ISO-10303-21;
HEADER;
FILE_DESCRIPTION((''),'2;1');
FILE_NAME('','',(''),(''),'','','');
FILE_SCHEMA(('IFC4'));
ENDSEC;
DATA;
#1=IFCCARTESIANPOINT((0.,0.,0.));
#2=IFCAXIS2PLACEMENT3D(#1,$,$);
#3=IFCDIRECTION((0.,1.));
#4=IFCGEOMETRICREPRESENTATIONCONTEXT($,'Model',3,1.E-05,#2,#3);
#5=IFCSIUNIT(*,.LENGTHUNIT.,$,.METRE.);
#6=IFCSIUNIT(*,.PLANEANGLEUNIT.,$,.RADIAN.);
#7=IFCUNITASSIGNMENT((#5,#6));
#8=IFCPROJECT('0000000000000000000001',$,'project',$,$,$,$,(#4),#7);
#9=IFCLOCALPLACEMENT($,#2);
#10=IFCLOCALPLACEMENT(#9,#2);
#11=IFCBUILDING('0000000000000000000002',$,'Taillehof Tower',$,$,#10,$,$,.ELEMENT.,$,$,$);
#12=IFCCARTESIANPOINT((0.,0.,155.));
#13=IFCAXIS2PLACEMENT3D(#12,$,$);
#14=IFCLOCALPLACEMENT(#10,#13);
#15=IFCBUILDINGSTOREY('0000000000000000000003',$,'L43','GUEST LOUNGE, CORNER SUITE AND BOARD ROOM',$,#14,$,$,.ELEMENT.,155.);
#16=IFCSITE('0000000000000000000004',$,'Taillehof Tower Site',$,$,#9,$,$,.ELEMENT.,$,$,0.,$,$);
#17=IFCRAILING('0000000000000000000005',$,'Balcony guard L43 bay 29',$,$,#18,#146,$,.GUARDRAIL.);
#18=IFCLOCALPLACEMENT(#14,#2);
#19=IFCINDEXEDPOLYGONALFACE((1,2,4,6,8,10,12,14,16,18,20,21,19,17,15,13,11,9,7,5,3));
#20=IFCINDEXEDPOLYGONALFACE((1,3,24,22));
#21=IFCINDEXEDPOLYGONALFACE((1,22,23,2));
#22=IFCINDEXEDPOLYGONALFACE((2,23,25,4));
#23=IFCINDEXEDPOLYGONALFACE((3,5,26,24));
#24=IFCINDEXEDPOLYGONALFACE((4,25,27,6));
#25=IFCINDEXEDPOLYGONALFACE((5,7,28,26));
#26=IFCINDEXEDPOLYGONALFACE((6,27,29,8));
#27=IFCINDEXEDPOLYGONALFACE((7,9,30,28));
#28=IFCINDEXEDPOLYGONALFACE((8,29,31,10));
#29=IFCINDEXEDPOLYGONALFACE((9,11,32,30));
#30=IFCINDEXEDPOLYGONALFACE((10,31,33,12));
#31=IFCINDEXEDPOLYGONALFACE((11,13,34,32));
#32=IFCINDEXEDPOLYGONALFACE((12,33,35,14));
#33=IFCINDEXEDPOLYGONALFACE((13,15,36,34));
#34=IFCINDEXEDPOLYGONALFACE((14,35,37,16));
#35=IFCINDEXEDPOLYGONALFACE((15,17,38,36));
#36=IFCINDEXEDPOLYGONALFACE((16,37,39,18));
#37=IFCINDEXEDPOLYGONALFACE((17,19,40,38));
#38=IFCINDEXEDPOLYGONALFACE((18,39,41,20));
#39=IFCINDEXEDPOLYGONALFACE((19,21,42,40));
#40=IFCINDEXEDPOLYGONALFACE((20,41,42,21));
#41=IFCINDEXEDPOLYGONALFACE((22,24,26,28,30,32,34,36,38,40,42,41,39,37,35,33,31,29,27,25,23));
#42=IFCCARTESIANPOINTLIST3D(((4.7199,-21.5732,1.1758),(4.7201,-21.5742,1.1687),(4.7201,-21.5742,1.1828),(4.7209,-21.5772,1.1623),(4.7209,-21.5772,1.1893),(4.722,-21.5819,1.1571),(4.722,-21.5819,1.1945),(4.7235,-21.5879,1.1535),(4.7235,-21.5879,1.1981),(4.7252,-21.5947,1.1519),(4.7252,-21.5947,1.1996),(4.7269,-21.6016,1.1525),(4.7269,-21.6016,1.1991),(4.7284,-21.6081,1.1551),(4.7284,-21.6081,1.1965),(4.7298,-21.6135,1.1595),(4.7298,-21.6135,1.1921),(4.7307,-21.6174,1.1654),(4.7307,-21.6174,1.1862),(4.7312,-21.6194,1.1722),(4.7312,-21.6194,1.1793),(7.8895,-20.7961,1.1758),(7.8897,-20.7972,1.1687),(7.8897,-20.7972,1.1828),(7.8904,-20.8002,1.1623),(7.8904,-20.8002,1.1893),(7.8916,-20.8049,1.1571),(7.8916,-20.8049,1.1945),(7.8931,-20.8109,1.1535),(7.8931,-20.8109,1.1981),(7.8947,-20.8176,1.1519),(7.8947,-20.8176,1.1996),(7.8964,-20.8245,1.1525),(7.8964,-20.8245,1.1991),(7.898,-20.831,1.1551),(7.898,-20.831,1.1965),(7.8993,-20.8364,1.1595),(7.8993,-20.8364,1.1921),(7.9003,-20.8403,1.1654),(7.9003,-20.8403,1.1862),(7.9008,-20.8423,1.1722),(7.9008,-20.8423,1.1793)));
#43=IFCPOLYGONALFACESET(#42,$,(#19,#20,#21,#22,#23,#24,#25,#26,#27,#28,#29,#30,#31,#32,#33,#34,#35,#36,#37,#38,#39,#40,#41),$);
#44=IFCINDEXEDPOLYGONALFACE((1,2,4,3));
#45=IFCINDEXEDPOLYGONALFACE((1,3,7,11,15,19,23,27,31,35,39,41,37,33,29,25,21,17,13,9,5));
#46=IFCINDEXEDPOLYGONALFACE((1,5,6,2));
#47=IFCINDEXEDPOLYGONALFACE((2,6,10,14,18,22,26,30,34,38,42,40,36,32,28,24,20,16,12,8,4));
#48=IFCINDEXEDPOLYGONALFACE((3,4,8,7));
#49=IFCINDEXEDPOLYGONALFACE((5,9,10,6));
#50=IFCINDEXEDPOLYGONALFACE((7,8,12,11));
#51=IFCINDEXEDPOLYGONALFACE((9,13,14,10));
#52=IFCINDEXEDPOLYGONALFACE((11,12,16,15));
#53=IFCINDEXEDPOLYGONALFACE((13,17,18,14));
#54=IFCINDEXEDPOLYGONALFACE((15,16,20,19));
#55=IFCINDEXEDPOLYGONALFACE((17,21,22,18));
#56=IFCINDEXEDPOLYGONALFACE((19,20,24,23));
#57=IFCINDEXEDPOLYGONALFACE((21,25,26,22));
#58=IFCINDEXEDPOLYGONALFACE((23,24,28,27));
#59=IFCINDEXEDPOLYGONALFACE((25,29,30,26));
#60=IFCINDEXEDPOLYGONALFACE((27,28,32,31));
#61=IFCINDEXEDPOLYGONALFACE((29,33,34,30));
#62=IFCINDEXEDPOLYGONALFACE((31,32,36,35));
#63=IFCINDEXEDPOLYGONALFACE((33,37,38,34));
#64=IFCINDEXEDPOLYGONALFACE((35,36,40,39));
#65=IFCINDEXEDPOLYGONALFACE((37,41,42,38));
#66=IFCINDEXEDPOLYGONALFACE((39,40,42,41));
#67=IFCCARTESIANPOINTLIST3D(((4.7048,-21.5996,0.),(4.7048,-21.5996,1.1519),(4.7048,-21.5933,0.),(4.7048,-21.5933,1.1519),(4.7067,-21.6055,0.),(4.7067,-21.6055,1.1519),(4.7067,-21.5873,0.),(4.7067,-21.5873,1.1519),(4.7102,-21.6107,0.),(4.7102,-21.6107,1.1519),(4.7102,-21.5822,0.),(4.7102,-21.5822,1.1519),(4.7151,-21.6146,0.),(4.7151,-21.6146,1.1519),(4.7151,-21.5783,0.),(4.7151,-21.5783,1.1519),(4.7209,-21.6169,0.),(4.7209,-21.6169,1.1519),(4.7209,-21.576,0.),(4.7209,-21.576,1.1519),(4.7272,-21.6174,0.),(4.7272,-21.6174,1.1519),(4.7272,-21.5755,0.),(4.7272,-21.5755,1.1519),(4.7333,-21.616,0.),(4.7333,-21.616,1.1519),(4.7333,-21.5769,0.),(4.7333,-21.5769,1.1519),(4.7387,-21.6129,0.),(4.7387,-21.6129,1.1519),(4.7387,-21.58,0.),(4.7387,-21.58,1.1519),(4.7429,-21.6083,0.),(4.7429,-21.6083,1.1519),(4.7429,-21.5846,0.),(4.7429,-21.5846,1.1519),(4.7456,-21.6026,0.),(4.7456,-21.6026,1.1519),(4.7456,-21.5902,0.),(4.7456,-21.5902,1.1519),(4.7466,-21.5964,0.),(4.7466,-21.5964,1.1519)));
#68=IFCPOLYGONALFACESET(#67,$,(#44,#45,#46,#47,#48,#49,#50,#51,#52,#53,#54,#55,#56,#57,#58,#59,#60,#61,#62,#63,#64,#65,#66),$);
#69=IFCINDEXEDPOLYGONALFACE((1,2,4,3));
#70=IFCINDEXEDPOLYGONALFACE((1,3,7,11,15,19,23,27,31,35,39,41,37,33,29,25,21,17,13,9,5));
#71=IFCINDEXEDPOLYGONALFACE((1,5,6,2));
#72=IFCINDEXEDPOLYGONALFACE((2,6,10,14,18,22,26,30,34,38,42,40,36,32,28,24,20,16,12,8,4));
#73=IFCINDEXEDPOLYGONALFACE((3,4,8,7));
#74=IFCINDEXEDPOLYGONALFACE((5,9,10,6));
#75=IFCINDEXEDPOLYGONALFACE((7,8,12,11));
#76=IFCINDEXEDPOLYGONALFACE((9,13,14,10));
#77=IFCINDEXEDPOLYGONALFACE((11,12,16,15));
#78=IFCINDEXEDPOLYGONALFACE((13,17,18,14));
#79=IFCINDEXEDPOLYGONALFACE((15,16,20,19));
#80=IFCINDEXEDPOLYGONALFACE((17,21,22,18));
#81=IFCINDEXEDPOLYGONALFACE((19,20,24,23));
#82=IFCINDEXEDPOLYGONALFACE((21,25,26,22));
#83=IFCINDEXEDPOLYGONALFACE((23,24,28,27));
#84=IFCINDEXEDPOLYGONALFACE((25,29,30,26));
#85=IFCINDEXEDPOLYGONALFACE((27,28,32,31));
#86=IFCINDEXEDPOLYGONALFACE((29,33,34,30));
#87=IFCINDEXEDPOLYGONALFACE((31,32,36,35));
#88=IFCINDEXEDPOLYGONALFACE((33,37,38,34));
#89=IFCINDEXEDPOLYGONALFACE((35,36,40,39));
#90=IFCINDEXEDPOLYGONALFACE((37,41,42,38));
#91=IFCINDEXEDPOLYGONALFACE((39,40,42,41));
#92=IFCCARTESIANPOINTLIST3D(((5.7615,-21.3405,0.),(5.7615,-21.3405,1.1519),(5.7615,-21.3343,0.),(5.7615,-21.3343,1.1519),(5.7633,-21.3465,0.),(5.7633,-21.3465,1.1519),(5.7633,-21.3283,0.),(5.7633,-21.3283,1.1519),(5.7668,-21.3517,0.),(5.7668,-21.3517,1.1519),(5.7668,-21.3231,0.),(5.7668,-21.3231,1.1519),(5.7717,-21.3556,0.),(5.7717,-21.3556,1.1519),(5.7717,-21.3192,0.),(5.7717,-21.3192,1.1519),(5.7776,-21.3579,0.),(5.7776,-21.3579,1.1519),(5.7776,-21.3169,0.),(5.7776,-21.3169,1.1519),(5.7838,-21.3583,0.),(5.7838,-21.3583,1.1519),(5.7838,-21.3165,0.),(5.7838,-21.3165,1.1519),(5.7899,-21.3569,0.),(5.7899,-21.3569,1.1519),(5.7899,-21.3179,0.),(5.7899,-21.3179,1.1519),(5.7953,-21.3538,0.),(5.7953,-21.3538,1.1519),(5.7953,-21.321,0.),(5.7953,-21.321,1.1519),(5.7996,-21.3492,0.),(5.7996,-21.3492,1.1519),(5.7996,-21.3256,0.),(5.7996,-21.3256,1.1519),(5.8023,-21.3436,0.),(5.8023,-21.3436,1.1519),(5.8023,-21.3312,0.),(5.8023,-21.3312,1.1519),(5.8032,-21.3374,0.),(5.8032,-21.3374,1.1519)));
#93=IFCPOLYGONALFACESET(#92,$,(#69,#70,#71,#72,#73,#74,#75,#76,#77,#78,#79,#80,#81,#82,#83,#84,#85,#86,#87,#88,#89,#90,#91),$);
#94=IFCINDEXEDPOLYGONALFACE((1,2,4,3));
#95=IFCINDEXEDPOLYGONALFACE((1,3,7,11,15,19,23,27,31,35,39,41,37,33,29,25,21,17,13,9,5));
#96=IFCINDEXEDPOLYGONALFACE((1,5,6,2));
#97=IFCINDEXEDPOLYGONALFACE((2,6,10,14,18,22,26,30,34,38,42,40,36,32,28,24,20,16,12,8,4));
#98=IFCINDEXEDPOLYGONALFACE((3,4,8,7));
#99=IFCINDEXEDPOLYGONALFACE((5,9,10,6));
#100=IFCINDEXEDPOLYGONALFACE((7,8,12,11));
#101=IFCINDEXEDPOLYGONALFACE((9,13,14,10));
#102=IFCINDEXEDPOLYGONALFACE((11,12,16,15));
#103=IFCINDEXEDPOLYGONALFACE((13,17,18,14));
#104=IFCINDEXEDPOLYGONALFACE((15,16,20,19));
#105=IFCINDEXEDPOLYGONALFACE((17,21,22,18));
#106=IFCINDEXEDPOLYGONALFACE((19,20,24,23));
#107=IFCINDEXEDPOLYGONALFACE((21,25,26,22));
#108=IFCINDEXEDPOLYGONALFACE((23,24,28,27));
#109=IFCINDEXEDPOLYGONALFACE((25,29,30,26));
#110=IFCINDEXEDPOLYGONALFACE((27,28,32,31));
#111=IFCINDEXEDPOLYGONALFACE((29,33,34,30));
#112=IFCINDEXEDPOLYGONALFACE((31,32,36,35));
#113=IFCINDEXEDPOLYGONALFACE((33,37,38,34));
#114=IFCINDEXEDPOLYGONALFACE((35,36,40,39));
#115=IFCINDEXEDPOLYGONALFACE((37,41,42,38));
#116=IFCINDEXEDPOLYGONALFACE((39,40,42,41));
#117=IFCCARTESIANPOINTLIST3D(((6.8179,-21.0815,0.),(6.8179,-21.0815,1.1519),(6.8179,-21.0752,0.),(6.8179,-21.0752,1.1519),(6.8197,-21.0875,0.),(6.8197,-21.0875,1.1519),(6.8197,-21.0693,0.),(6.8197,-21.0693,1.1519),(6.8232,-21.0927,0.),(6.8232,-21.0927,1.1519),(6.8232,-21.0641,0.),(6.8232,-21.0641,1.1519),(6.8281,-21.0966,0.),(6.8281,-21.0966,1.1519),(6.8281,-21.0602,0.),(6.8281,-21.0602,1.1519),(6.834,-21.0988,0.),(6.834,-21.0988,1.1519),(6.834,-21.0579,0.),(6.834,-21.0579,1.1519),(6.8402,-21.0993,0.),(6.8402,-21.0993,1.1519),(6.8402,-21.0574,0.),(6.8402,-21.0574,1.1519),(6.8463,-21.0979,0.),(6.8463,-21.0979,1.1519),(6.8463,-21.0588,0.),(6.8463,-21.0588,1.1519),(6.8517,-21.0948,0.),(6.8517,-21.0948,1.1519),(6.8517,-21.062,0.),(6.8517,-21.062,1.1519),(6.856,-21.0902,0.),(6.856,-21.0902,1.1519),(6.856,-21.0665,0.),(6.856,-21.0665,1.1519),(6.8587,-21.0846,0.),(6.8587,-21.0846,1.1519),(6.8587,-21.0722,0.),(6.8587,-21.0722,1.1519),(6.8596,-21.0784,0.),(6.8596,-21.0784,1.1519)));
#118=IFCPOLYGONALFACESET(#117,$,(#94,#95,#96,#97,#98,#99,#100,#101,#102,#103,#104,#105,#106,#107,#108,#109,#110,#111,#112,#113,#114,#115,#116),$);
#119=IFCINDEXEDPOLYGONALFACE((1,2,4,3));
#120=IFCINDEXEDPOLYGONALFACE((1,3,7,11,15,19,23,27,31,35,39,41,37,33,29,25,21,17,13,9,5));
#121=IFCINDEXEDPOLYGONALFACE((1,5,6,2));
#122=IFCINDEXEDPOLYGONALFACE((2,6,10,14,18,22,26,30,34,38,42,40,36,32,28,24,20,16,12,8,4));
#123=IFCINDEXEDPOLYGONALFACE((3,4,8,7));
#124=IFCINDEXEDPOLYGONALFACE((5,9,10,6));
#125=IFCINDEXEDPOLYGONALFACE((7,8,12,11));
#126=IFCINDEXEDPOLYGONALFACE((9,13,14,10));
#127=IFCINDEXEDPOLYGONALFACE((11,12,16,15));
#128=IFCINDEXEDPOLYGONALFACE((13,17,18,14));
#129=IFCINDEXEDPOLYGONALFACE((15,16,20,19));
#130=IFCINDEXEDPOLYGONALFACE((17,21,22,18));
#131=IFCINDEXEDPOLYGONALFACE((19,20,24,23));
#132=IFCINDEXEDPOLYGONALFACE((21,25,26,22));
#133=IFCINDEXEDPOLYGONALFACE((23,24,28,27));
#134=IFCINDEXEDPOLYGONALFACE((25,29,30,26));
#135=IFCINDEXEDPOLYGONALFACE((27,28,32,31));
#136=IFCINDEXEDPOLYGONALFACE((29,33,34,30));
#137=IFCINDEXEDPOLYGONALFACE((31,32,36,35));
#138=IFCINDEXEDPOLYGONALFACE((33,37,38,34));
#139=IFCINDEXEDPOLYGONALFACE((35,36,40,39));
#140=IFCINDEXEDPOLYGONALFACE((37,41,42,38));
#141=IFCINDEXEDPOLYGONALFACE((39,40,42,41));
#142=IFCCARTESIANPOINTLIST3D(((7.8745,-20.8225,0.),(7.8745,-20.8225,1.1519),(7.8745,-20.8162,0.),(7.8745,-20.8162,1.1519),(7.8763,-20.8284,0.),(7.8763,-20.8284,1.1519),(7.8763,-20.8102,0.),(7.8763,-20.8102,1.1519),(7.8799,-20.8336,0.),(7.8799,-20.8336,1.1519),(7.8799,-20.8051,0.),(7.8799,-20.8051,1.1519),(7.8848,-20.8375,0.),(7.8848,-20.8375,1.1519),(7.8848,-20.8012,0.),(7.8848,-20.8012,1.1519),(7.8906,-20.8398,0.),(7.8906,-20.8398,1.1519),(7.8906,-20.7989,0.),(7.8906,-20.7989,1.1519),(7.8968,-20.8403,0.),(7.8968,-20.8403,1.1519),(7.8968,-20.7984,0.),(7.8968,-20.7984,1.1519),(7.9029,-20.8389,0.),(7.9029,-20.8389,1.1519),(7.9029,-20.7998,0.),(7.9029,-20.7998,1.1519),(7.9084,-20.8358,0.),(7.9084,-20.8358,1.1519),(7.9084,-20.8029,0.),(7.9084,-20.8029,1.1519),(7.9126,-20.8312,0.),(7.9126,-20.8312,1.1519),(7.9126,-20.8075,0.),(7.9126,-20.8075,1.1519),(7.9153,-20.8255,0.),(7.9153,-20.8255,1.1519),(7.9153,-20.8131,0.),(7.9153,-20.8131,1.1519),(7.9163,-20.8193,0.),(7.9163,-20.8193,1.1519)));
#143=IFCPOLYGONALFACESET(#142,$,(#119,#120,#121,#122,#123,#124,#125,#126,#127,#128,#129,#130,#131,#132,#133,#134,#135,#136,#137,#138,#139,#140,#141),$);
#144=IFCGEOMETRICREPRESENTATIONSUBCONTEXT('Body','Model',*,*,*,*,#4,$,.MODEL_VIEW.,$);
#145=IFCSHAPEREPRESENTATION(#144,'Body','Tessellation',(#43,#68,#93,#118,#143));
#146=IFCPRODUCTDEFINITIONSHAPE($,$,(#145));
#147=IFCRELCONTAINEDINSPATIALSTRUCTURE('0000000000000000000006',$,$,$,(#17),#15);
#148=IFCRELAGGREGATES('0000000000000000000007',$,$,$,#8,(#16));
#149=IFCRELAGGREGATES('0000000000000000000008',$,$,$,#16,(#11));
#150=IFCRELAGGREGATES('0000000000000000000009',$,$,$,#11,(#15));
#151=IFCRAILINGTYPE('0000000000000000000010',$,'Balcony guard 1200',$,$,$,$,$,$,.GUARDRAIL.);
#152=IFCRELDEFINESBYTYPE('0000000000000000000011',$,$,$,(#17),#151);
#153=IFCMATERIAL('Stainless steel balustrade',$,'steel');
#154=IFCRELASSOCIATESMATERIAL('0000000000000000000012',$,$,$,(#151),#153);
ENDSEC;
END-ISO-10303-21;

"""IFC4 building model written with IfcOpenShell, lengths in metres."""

from ifc_helpers import new_model, si_unit, direction, frame, origin, origin_2d, place, context, subcontext, project, spatial, circle, extrude, material, type_object, element, save


model = new_model("IFC4")

# Units and contexts
model_context = context("Model", 3, precision=1e-05, world=origin(), true_north=direction((0.0, 1.0)))
body_context = subcontext(model_context, "Body", "Model", "MODEL_VIEW")
ifc_project = project(units=[si_unit("LENGTHUNIT", "METRE"), si_unit("PLANEANGLEUNIT", "RADIAN")], contexts=[model_context])

# Site, building, storey
site_placement = place(None, origin())
site = spatial("IfcSite", under=ifc_project, at=site_placement, Name="Taillehof Tower Site", CompositionType="ELEMENT", RefElevation=0.0)
building_placement = place(site_placement, origin())
building = spatial("IfcBuilding", under=site, at=building_placement, Name="Taillehof Tower", CompositionType="ELEMENT")
storey_placement = place(building_placement, frame((0.0, 0.0, 155.0)))
storey = spatial("IfcBuildingStorey", under=building, at=storey_placement, Name="L43", Description="GUEST LOUNGE, CORNER SUITE AND BOARD ROOM", CompositionType="ELEMENT", Elevation=155.0)

# Railing
ifc_material_1 = material(Name="Stainless steel balustrade", Category="steel")
railing_type = type_object("IfcRailingType", Name="Balcony guard 1200", PredefinedType="GUARDRAIL", material=ifc_material_1)
railing_1_placement = place(storey_placement, frame((4.7256, -21.5964, 0.0)))
element("IfcRailing", 1, at=railing_1_placement, inside=storey, type_object=railing_type, Name="Balcony guard L43 bay 29", PredefinedType="GUARDRAIL", context=body_context, shape_type="SweptSolid", body=[
    extrude(circle(Radius=0.0239, at=origin_2d()), frame((0.0, 0.0, 1.1758), z_axis=(0.971237, 0.238115, 0.0), x_axis=(-0.238115, 0.971237, 0.0)), (0.0, 0.0, 1.0), 3.2634),
    extrude(circle(Radius=0.021, at=origin_2d()), origin(), (0.0, 0.0, 1.0), 1.1519),
    extrude(circle(Radius=0.021, at=origin_2d()), frame((1.0566, 0.259, 0.0)), (0.0, 0.0, 1.0), 1.1519),
    extrude(circle(Radius=0.021, at=origin_2d()), frame((2.113, 0.5181, 0.0)), (0.0, 0.0, 1.0), 1.1519),
    extrude(circle(Radius=0.021, at=origin_2d()), frame((3.1697, 0.7771, 0.0)), (0.0, 0.0, 1.0), 1.1519),
])

save(model, "model.ifc")
